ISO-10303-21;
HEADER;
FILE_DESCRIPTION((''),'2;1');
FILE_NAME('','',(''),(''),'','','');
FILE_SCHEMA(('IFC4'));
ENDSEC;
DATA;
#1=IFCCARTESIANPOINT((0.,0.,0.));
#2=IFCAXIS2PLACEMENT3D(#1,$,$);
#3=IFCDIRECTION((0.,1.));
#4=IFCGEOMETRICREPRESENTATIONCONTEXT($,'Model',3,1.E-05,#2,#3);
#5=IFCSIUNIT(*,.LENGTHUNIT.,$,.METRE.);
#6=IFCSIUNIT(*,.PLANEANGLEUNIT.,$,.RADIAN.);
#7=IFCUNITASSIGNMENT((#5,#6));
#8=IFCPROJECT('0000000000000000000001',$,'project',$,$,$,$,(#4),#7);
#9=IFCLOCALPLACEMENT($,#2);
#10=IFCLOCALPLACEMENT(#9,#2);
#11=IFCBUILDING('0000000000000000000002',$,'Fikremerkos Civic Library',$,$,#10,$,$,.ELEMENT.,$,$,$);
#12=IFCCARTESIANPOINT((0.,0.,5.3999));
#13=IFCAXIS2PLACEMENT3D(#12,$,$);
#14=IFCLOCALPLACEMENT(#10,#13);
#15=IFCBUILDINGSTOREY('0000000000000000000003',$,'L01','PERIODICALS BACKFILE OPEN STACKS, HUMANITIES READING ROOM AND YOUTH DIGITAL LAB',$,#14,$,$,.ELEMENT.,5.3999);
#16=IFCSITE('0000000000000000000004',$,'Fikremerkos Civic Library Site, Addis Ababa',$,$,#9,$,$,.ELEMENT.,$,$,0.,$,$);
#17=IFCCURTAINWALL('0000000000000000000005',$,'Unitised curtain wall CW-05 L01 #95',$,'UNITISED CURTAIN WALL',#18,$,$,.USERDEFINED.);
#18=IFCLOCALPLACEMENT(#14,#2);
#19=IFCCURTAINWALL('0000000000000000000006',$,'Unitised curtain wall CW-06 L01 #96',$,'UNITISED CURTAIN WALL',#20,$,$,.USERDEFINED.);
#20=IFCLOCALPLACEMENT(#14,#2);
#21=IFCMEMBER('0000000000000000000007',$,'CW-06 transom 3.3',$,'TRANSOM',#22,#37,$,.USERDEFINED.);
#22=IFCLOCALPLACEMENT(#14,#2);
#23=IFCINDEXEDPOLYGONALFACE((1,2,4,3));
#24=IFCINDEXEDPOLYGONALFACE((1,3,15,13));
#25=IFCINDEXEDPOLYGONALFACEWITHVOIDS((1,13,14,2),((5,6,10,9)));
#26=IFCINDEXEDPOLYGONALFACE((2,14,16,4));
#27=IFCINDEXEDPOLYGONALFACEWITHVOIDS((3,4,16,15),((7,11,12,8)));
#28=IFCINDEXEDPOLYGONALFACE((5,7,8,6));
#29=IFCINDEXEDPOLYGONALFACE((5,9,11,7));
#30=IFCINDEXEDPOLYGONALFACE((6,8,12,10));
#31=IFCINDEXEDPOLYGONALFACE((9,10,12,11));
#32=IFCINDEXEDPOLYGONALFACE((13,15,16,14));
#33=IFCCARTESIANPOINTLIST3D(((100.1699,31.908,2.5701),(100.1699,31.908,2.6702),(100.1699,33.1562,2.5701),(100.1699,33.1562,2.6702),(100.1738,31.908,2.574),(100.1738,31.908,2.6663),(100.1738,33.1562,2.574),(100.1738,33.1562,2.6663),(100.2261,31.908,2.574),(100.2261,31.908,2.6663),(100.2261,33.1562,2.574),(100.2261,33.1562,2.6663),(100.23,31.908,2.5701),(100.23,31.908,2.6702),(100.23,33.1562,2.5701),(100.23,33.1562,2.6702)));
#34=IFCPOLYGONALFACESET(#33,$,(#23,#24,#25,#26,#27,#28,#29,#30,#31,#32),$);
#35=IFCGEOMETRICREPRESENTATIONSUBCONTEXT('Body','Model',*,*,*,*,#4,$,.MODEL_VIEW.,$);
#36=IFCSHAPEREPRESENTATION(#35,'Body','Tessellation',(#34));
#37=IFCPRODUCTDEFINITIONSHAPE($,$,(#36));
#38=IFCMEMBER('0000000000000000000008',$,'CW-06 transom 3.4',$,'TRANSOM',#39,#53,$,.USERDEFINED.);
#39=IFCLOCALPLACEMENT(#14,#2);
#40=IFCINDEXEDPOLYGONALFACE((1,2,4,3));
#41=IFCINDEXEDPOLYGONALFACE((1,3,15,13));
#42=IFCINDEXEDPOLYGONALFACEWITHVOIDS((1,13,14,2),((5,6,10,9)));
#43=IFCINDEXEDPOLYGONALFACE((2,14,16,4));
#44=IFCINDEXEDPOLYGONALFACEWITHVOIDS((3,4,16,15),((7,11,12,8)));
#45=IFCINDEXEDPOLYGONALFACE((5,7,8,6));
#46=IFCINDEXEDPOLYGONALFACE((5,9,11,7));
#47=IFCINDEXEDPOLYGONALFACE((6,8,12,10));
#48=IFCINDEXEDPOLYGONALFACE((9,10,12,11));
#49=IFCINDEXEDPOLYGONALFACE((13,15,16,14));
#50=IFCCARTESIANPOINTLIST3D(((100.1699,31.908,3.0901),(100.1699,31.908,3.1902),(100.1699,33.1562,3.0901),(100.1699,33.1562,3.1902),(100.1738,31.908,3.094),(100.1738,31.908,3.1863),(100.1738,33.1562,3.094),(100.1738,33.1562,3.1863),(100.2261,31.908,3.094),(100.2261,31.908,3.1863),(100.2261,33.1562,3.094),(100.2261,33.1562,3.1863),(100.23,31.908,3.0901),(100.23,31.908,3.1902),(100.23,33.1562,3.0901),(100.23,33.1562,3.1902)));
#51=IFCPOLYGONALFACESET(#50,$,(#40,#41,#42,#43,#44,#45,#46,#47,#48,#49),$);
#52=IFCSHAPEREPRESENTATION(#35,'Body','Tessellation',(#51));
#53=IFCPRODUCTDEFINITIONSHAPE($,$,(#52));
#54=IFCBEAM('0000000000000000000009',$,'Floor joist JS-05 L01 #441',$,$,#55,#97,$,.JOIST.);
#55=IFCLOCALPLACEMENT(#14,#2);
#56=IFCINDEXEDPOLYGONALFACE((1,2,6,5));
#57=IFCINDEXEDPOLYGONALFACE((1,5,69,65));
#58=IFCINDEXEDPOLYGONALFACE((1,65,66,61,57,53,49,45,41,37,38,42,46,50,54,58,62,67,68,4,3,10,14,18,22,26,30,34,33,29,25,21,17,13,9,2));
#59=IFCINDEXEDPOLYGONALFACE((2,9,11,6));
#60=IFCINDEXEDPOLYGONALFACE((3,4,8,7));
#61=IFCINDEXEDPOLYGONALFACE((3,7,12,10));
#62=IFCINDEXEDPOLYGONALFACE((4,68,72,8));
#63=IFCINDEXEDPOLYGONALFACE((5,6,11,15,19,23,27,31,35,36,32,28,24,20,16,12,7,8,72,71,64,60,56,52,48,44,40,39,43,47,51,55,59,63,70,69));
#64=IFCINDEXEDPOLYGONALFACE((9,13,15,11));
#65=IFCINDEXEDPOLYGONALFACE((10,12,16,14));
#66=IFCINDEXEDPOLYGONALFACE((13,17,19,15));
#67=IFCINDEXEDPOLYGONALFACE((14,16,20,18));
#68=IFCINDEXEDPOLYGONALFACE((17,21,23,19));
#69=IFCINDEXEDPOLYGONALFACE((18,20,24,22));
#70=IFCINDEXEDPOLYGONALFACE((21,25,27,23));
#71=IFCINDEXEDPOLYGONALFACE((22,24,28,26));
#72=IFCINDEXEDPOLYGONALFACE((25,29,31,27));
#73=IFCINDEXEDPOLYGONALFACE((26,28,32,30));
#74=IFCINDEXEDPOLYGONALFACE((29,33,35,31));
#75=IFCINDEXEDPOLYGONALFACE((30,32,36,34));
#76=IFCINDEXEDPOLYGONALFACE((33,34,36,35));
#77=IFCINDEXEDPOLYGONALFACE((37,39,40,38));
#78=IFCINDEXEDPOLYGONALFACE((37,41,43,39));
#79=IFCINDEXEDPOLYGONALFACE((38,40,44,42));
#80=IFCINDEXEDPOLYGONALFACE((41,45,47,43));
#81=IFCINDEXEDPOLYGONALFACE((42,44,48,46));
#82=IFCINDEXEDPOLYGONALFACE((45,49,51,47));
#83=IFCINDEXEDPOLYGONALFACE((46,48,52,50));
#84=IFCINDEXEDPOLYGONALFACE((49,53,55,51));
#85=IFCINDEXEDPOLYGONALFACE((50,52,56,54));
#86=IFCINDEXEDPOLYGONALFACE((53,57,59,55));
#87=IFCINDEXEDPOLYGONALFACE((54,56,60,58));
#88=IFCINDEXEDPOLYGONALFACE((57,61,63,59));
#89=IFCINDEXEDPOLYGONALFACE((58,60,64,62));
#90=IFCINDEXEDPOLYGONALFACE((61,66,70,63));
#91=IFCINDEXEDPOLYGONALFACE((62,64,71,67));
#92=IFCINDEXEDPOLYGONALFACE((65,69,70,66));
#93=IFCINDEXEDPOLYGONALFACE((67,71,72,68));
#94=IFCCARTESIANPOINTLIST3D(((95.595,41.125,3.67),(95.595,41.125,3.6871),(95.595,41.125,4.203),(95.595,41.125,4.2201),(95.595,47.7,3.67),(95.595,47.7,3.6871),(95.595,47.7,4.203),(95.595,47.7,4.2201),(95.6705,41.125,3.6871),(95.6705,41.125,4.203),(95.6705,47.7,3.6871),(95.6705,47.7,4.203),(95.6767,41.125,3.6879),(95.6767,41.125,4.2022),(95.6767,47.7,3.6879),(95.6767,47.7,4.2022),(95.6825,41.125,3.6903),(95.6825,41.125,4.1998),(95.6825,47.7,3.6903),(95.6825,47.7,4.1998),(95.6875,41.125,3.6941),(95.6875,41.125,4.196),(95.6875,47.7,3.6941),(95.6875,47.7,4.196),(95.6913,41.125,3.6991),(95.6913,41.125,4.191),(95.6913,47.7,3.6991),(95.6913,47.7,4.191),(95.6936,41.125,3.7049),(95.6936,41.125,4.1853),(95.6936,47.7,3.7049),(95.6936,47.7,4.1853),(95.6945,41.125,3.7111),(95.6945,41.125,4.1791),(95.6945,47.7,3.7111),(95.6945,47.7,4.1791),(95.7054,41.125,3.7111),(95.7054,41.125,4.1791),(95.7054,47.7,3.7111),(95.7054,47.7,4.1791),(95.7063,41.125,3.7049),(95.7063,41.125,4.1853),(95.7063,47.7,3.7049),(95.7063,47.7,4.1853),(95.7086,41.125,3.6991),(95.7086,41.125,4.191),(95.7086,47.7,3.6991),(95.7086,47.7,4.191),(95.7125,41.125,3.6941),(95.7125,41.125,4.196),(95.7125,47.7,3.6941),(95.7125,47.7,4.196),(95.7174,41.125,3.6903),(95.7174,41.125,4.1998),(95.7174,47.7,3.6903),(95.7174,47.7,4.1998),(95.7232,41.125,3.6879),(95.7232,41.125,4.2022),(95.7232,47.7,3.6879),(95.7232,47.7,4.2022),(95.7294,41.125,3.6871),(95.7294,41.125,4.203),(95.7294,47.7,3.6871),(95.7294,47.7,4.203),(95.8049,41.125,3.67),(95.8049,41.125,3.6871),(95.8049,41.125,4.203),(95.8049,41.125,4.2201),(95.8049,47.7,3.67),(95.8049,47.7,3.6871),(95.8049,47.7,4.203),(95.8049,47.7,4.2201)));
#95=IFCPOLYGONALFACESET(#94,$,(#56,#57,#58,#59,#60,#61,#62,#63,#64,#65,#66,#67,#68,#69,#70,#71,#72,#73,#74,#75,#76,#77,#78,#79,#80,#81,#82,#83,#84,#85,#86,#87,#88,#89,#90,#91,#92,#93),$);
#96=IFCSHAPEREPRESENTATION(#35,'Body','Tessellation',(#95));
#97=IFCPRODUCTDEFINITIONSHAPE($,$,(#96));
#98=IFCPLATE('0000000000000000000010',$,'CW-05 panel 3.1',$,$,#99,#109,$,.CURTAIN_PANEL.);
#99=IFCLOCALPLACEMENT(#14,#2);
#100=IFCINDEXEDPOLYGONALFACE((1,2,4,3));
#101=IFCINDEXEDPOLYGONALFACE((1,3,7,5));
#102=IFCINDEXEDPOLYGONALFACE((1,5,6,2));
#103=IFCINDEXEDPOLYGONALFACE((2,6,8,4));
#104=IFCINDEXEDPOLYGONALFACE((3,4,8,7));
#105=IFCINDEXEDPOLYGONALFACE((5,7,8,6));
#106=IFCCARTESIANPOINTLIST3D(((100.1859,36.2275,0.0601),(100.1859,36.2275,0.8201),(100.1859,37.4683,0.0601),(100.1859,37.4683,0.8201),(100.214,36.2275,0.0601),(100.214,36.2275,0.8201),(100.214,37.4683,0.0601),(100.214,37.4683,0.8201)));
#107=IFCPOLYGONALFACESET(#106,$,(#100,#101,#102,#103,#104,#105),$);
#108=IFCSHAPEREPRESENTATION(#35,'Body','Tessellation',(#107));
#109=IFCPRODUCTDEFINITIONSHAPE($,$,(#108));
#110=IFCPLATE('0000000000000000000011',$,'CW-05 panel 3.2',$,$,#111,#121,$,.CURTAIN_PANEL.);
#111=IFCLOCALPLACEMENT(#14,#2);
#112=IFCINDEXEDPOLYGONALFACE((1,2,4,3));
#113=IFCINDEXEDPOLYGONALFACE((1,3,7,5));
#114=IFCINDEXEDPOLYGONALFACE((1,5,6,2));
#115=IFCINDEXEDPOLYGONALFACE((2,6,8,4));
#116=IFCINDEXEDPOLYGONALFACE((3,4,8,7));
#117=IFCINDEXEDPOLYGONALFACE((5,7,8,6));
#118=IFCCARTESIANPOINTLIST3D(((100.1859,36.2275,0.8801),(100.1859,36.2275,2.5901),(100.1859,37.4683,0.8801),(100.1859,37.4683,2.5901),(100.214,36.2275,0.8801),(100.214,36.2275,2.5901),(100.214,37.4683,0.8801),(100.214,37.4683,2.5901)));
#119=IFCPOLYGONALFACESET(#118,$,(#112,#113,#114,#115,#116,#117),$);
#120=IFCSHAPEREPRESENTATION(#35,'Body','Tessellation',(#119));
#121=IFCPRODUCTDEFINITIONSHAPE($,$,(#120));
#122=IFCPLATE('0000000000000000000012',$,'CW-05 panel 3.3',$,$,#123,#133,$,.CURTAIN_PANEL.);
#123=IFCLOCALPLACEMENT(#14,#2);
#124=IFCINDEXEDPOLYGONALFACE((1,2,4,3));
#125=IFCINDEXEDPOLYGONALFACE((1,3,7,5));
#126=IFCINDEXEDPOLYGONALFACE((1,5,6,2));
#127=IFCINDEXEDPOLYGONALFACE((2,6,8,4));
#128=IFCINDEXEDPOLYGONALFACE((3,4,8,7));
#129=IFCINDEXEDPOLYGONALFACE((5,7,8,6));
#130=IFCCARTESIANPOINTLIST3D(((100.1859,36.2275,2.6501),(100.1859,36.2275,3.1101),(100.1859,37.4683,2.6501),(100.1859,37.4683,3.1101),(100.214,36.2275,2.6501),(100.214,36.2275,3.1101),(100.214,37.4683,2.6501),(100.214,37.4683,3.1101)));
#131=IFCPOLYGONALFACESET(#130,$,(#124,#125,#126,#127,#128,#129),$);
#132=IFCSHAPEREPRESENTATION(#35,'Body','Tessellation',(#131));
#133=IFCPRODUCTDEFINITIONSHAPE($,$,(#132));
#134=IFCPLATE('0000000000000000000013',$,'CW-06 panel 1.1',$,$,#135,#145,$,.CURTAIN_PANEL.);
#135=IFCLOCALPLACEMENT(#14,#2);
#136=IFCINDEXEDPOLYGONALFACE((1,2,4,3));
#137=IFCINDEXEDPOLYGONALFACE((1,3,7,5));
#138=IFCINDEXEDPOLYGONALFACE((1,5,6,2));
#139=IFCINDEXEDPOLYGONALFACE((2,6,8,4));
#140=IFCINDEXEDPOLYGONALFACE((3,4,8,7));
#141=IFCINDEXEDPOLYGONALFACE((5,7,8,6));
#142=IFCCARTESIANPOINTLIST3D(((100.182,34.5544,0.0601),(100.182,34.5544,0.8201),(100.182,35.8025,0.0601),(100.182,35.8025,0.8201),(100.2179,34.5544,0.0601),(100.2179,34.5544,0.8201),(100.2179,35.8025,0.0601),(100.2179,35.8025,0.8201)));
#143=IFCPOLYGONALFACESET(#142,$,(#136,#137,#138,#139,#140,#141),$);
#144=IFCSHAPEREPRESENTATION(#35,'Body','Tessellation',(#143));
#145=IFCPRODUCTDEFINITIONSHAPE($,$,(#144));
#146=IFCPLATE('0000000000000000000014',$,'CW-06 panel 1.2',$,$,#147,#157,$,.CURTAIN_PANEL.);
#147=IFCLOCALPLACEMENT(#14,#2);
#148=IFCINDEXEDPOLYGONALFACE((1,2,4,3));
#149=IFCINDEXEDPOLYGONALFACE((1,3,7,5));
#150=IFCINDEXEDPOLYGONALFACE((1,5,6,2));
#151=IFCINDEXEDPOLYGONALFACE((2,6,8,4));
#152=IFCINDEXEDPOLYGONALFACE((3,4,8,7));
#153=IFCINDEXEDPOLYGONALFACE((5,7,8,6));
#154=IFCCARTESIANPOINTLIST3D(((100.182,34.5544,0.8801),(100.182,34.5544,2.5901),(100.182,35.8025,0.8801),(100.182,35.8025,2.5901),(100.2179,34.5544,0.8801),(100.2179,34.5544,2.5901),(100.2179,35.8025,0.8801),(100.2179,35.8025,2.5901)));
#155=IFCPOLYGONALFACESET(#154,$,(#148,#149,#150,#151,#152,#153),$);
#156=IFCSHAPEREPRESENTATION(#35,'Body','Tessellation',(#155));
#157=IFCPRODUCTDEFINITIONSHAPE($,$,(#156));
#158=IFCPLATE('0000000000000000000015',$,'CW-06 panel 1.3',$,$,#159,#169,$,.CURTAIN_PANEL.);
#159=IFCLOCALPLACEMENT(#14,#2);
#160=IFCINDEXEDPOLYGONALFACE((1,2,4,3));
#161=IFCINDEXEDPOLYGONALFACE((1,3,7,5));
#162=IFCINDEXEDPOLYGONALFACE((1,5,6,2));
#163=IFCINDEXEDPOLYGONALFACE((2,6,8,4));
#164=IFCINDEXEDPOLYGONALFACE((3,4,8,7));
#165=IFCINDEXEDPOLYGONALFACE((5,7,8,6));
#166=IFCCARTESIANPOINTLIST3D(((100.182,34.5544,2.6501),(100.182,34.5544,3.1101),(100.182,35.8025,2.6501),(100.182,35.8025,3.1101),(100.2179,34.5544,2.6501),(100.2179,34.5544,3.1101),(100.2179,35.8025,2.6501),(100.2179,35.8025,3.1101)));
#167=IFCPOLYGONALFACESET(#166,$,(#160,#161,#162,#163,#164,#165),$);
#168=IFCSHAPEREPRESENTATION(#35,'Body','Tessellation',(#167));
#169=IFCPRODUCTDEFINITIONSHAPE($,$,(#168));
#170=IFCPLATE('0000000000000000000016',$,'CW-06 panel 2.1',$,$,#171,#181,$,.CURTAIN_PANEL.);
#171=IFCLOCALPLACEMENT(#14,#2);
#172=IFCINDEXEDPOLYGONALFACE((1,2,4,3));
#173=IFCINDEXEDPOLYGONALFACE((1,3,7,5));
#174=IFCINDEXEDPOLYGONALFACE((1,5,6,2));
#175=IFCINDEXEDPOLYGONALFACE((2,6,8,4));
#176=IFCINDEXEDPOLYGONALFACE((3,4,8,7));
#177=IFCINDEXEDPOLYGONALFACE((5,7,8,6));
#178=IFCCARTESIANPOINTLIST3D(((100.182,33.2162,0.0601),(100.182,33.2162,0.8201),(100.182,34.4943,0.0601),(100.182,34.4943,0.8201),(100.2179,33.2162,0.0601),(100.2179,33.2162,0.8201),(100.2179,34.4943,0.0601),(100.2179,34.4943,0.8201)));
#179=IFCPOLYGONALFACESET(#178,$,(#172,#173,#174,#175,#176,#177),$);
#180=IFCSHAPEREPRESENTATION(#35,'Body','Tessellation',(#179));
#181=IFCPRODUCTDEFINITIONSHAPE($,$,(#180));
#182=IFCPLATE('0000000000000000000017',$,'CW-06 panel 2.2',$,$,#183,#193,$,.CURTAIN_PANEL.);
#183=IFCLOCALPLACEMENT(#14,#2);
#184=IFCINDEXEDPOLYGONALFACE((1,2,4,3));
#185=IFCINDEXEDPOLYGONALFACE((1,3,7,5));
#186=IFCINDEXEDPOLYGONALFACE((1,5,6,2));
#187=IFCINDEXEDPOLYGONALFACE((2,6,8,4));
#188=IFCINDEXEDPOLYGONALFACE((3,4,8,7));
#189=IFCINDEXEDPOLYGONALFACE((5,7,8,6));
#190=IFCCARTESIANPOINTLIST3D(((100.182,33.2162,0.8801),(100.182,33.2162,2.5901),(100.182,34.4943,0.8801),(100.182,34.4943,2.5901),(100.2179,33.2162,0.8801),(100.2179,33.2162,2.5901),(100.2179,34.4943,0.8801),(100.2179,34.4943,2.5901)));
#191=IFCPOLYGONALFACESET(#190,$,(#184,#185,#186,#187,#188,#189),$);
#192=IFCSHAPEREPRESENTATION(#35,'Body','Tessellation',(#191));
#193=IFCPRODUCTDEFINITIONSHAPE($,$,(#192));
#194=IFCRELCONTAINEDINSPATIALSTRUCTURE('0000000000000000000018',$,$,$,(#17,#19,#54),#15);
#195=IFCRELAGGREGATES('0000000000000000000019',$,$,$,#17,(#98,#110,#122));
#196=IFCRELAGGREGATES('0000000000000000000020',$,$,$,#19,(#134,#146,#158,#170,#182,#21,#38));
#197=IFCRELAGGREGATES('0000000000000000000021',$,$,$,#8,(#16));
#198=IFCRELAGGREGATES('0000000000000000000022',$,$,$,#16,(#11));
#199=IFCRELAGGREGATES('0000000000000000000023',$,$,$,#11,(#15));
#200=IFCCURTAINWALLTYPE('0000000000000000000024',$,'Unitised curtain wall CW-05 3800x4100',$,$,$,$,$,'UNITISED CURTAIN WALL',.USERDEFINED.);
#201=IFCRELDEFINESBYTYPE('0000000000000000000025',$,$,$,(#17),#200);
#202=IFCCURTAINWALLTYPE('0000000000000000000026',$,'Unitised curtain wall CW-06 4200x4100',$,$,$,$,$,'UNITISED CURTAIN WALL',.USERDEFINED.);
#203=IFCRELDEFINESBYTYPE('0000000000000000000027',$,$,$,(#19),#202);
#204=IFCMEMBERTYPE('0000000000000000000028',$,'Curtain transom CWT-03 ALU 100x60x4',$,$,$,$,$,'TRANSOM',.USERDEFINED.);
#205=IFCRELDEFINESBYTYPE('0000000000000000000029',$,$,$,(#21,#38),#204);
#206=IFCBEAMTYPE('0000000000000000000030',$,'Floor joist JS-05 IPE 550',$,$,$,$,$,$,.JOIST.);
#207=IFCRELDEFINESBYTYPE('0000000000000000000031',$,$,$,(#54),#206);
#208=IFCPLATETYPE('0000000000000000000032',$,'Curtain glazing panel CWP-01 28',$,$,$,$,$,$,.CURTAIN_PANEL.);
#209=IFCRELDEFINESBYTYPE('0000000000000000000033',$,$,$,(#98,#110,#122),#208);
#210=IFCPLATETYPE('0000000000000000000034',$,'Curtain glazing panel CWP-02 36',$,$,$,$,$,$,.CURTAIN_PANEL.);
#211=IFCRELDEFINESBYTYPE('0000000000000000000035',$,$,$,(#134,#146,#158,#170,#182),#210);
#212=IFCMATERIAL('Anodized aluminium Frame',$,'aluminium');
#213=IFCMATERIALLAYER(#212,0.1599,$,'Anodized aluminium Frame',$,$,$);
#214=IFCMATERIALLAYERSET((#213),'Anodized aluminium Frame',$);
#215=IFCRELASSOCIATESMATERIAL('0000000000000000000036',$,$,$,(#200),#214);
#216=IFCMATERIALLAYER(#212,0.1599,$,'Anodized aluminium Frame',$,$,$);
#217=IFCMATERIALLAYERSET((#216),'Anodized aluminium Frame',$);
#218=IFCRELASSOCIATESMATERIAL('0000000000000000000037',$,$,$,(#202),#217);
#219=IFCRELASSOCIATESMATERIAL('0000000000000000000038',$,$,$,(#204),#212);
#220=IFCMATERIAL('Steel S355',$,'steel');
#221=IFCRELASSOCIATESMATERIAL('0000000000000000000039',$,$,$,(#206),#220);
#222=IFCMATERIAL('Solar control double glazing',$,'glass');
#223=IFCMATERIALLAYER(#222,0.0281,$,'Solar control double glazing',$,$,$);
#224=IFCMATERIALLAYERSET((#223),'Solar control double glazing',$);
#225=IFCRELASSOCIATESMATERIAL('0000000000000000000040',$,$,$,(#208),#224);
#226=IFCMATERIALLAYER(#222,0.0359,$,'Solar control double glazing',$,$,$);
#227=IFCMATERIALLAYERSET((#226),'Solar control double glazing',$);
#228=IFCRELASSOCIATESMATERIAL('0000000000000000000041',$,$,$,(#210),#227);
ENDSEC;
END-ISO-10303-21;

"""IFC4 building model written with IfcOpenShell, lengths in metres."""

from ifc_helpers import new_model, si_unit, direction, frame, origin, origin_2d, place, context, subcontext, project, spatial, rectangle, hollow_rectangle, i_section, extrude, material, layer, layer_set, material_profile, profile_set, type_object, element, aggregate, save


model = new_model("IFC4")

# Units and contexts
model_context = context("Model", 3, precision=1e-05, world=origin(), true_north=direction((0.0, 1.0)))
body_context = subcontext(model_context, "Body", "Model", "MODEL_VIEW")
ifc_project = project(units=[si_unit("LENGTHUNIT", "METRE"), si_unit("PLANEANGLEUNIT", "RADIAN")], contexts=[model_context])

# Site, building, storey
site_placement = place(None, origin())
site = spatial("IfcSite", under=ifc_project, at=site_placement, Name="Fikremerkos Civic Library Site, Addis Ababa", CompositionType="ELEMENT", RefElevation=0.0)
building_placement = place(site_placement, origin())
building = spatial("IfcBuilding", under=site, at=building_placement, Name="Fikremerkos Civic Library", CompositionType="ELEMENT")
storey_placement = place(building_placement, frame((0.0, 0.0, 5.3999)))
storey = spatial("IfcBuildingStorey", under=building, at=storey_placement, Name="L01", Description="PERIODICALS BACKFILE OPEN STACKS, HUMANITIES READING ROOM AND YOUTH DIGITAL LAB", CompositionType="ELEMENT", Elevation=5.3999)

# Curtain wall
ifc_material_1 = material(Name="Anodized aluminium Frame", Category="aluminium")
ifc_layer_1 = layer(ifc_material_1, 0.1599, Name="Anodized aluminium Frame")
ifc_layer_set_1 = layer_set([ifc_layer_1], Name="Anodized aluminium Frame")
curtain_wall_type_1 = type_object("IfcCurtainWallType", Name="Unitised curtain wall CW-05 3800x4100", ElementType="UNITISED CURTAIN WALL", PredefinedType="USERDEFINED", material=ifc_layer_set_1)
curtain_wall_1_placement = place(storey_placement, origin())
curtain_wall_1 = element("IfcCurtainWall", 1, at=curtain_wall_1_placement, inside=storey, type_object=curtain_wall_type_1, Name="Unitised curtain wall CW-05 L01 #95", ObjectType="UNITISED CURTAIN WALL", PredefinedType="USERDEFINED")

# Curtain wall
ifc_layer_2 = layer(ifc_material_1, 0.1599, Name="Anodized aluminium Frame")
ifc_layer_set_2 = layer_set([ifc_layer_2], Name="Anodized aluminium Frame")
curtain_wall_type_2 = type_object("IfcCurtainWallType", Name="Unitised curtain wall CW-06 4200x4100", ElementType="UNITISED CURTAIN WALL", PredefinedType="USERDEFINED", material=ifc_layer_set_2)
curtain_wall_2_placement = place(storey_placement, origin())
curtain_wall_2 = element("IfcCurtainWall", 2, at=curtain_wall_2_placement, inside=storey, type_object=curtain_wall_type_2, Name="Unitised curtain wall CW-06 L01 #96", ObjectType="UNITISED CURTAIN WALL", PredefinedType="USERDEFINED")

# Members
ifc_material_profile_1 = material_profile(ifc_material_1, hollow_rectangle(XDim=0.0601, YDim=0.1001, WallThickness=0.0039, at=origin_2d()), Name="ALU 100x60x4")
ifc_profile_set_1 = profile_set([ifc_material_profile_1], Name="Anodized aluminium Frame")
member_type_1 = type_object("IfcMemberType", Name="Curtain transom CWT-03 ALU 100x60x4", ElementType="TRANSOM", PredefinedType="USERDEFINED", material=ifc_profile_set_1)
member_1_placement = place(storey_placement, frame((100.2, 33.1562, 2.6201), z_axis=(0.0, -1.0, 0.0), x_axis=(1.0, 0.0, 0.0)))
member_1 = element("IfcMember", 3, at=member_1_placement, type_object=member_type_1, Name="CW-06 transom 3.3", ObjectType="TRANSOM", PredefinedType="USERDEFINED", context=body_context, shape_type="SweptSolid", body=[
    extrude(hollow_rectangle(XDim=0.0601, YDim=0.1001, WallThickness=0.0039, at=origin_2d()), origin(), (0.0, 0.0, 1.0), 1.2483),
])
member_2_placement = place(storey_placement, frame((100.2, 33.1562, 3.1401), z_axis=(0.0, -1.0, 0.0), x_axis=(1.0, 0.0, 0.0)))
member_2 = element("IfcMember", 4, at=member_2_placement, type_object=member_type_1, Name="CW-06 transom 3.4", ObjectType="TRANSOM", PredefinedType="USERDEFINED", context=body_context, shape_type="SweptSolid", body=[
    extrude(hollow_rectangle(XDim=0.0601, YDim=0.1001, WallThickness=0.0039, at=origin_2d()), origin(), (0.0, 0.0, 1.0), 1.2483),
])

# Beam
ifc_material_2 = material(Name="Steel S355", Category="steel")
ifc_material_profile_2 = material_profile(ifc_material_2, i_section(OverallWidth=0.21, OverallDepth=0.55, WebThickness=0.011, FlangeThickness=0.0171, FilletRadius=0.0239, at=origin_2d()), Name="IPE 550")
ifc_profile_set_2 = profile_set([ifc_material_profile_2], Name="Steel S355")
beam_type = type_object("IfcBeamType", Name="Floor joist JS-05 IPE 550", PredefinedType="JOIST", material=ifc_profile_set_2)
beam_placement = place(storey_placement, frame((95.7, 41.125, 3.9451), z_axis=(0.0, 1.0, 0.0), x_axis=(-1.0, 0.0, 0.0)))
element("IfcBeam", 5, at=beam_placement, inside=storey, type_object=beam_type, Name="Floor joist JS-05 L01 #441", PredefinedType="JOIST", context=body_context, shape_type="SweptSolid", body=[
    extrude(i_section(OverallWidth=0.21, OverallDepth=0.55, WebThickness=0.011, FlangeThickness=0.0171, FilletRadius=0.0239, at=origin_2d()), origin(), (0.0, 0.0, 1.0), 6.575),
])

# Plates
ifc_material_3 = material(Name="Solar control double glazing", Category="glass")
ifc_layer_3 = layer(ifc_material_3, 0.0281, Name="Solar control double glazing")
ifc_layer_set_3 = layer_set([ifc_layer_3], Name="Solar control double glazing")
plate_type_1 = type_object("IfcPlateType", Name="Curtain glazing panel CWP-01 28", PredefinedType="CURTAIN_PANEL", material=ifc_layer_set_3)
plate_1_placement = place(storey_placement, frame((100.2, 36.8479, 0.0601), z_axis=(0.0, 0.0, 1.0), x_axis=(0.0, -1.0, 0.0)))
plate_1 = element("IfcPlate", 6, at=plate_1_placement, type_object=plate_type_1, Name="CW-05 panel 3.1", PredefinedType="CURTAIN_PANEL", context=body_context, shape_type="SweptSolid", body=[
    extrude(rectangle(XDim=1.2407, YDim=0.0281, at=origin_2d()), origin(), (0.0, 0.0, 1.0), 0.76),
])
plate_2_placement = place(storey_placement, frame((100.2, 36.8479, 0.8801), z_axis=(0.0, 0.0, 1.0), x_axis=(0.0, -1.0, 0.0)))
plate_2 = element("IfcPlate", 7, at=plate_2_placement, type_object=plate_type_1, Name="CW-05 panel 3.2", PredefinedType="CURTAIN_PANEL", context=body_context, shape_type="SweptSolid", body=[
    extrude(rectangle(XDim=1.2407, YDim=0.0281, at=origin_2d()), origin(), (0.0, 0.0, 1.0), 1.71),
])
plate_3_placement = place(storey_placement, frame((100.2, 36.8479, 2.6501), z_axis=(0.0, 0.0, 1.0), x_axis=(0.0, -1.0, 0.0)))
plate_3 = element("IfcPlate", 8, at=plate_3_placement, type_object=plate_type_1, Name="CW-05 panel 3.3", PredefinedType="CURTAIN_PANEL", context=body_context, shape_type="SweptSolid", body=[
    extrude(rectangle(XDim=1.2407, YDim=0.0281, at=origin_2d()), origin(), (0.0, 0.0, 1.0), 0.46),
])
aggregate(curtain_wall_1, [plate_1, plate_2, plate_3])
ifc_layer_4 = layer(ifc_material_3, 0.0359, Name="Solar control double glazing")
ifc_layer_set_4 = layer_set([ifc_layer_4], Name="Solar control double glazing")
plate_type_2 = type_object("IfcPlateType", Name="Curtain glazing panel CWP-02 36", PredefinedType="CURTAIN_PANEL", material=ifc_layer_set_4)
plate_4_placement = place(storey_placement, frame((100.2, 35.1785, 0.0601), z_axis=(0.0, 0.0, 1.0), x_axis=(0.0, -1.0, 0.0)))
plate_4 = element("IfcPlate", 9, at=plate_4_placement, type_object=plate_type_2, Name="CW-06 panel 1.1", PredefinedType="CURTAIN_PANEL", context=body_context, shape_type="SweptSolid", body=[
    extrude(rectangle(XDim=1.248, YDim=0.0359, at=origin_2d()), origin(), (0.0, 0.0, 1.0), 0.76),
])
plate_5_placement = place(storey_placement, frame((100.2, 35.1785, 0.8801), z_axis=(0.0, 0.0, 1.0), x_axis=(0.0, -1.0, 0.0)))
plate_5 = element("IfcPlate", 10, at=plate_5_placement, type_object=plate_type_2, Name="CW-06 panel 1.2", PredefinedType="CURTAIN_PANEL", context=body_context, shape_type="SweptSolid", body=[
    extrude(rectangle(XDim=1.248, YDim=0.0359, at=origin_2d()), origin(), (0.0, 0.0, 1.0), 1.71),
])
plate_6_placement = place(storey_placement, frame((100.2, 35.1785, 2.6501), z_axis=(0.0, 0.0, 1.0), x_axis=(0.0, -1.0, 0.0)))
plate_6 = element("IfcPlate", 11, at=plate_6_placement, type_object=plate_type_2, Name="CW-06 panel 1.3", PredefinedType="CURTAIN_PANEL", context=body_context, shape_type="SweptSolid", body=[
    extrude(rectangle(XDim=1.248, YDim=0.0359, at=origin_2d()), origin(), (0.0, 0.0, 1.0), 0.46),
])
plate_7_placement = place(storey_placement, frame((100.2, 33.8552, 0.0601), z_axis=(0.0, 0.0, 1.0), x_axis=(0.0, -1.0, 0.0)))
plate_7 = element("IfcPlate", 12, at=plate_7_placement, type_object=plate_type_2, Name="CW-06 panel 2.1", PredefinedType="CURTAIN_PANEL", context=body_context, shape_type="SweptSolid", body=[
    extrude(rectangle(XDim=1.2781, YDim=0.0359, at=origin_2d()), origin(), (0.0, 0.0, 1.0), 0.76),
])
plate_8_placement = place(storey_placement, frame((100.2, 33.8552, 0.8801), z_axis=(0.0, 0.0, 1.0), x_axis=(0.0, -1.0, 0.0)))
plate_8 = element("IfcPlate", 13, at=plate_8_placement, type_object=plate_type_2, Name="CW-06 panel 2.2", PredefinedType="CURTAIN_PANEL", context=body_context, shape_type="SweptSolid", body=[
    extrude(rectangle(XDim=1.2781, YDim=0.0359, at=origin_2d()), origin(), (0.0, 0.0, 1.0), 1.71),
])
aggregate(curtain_wall_2, [plate_4, plate_5, plate_6, plate_7, plate_8, member_1, member_2])

save(model, "model.ifc")
